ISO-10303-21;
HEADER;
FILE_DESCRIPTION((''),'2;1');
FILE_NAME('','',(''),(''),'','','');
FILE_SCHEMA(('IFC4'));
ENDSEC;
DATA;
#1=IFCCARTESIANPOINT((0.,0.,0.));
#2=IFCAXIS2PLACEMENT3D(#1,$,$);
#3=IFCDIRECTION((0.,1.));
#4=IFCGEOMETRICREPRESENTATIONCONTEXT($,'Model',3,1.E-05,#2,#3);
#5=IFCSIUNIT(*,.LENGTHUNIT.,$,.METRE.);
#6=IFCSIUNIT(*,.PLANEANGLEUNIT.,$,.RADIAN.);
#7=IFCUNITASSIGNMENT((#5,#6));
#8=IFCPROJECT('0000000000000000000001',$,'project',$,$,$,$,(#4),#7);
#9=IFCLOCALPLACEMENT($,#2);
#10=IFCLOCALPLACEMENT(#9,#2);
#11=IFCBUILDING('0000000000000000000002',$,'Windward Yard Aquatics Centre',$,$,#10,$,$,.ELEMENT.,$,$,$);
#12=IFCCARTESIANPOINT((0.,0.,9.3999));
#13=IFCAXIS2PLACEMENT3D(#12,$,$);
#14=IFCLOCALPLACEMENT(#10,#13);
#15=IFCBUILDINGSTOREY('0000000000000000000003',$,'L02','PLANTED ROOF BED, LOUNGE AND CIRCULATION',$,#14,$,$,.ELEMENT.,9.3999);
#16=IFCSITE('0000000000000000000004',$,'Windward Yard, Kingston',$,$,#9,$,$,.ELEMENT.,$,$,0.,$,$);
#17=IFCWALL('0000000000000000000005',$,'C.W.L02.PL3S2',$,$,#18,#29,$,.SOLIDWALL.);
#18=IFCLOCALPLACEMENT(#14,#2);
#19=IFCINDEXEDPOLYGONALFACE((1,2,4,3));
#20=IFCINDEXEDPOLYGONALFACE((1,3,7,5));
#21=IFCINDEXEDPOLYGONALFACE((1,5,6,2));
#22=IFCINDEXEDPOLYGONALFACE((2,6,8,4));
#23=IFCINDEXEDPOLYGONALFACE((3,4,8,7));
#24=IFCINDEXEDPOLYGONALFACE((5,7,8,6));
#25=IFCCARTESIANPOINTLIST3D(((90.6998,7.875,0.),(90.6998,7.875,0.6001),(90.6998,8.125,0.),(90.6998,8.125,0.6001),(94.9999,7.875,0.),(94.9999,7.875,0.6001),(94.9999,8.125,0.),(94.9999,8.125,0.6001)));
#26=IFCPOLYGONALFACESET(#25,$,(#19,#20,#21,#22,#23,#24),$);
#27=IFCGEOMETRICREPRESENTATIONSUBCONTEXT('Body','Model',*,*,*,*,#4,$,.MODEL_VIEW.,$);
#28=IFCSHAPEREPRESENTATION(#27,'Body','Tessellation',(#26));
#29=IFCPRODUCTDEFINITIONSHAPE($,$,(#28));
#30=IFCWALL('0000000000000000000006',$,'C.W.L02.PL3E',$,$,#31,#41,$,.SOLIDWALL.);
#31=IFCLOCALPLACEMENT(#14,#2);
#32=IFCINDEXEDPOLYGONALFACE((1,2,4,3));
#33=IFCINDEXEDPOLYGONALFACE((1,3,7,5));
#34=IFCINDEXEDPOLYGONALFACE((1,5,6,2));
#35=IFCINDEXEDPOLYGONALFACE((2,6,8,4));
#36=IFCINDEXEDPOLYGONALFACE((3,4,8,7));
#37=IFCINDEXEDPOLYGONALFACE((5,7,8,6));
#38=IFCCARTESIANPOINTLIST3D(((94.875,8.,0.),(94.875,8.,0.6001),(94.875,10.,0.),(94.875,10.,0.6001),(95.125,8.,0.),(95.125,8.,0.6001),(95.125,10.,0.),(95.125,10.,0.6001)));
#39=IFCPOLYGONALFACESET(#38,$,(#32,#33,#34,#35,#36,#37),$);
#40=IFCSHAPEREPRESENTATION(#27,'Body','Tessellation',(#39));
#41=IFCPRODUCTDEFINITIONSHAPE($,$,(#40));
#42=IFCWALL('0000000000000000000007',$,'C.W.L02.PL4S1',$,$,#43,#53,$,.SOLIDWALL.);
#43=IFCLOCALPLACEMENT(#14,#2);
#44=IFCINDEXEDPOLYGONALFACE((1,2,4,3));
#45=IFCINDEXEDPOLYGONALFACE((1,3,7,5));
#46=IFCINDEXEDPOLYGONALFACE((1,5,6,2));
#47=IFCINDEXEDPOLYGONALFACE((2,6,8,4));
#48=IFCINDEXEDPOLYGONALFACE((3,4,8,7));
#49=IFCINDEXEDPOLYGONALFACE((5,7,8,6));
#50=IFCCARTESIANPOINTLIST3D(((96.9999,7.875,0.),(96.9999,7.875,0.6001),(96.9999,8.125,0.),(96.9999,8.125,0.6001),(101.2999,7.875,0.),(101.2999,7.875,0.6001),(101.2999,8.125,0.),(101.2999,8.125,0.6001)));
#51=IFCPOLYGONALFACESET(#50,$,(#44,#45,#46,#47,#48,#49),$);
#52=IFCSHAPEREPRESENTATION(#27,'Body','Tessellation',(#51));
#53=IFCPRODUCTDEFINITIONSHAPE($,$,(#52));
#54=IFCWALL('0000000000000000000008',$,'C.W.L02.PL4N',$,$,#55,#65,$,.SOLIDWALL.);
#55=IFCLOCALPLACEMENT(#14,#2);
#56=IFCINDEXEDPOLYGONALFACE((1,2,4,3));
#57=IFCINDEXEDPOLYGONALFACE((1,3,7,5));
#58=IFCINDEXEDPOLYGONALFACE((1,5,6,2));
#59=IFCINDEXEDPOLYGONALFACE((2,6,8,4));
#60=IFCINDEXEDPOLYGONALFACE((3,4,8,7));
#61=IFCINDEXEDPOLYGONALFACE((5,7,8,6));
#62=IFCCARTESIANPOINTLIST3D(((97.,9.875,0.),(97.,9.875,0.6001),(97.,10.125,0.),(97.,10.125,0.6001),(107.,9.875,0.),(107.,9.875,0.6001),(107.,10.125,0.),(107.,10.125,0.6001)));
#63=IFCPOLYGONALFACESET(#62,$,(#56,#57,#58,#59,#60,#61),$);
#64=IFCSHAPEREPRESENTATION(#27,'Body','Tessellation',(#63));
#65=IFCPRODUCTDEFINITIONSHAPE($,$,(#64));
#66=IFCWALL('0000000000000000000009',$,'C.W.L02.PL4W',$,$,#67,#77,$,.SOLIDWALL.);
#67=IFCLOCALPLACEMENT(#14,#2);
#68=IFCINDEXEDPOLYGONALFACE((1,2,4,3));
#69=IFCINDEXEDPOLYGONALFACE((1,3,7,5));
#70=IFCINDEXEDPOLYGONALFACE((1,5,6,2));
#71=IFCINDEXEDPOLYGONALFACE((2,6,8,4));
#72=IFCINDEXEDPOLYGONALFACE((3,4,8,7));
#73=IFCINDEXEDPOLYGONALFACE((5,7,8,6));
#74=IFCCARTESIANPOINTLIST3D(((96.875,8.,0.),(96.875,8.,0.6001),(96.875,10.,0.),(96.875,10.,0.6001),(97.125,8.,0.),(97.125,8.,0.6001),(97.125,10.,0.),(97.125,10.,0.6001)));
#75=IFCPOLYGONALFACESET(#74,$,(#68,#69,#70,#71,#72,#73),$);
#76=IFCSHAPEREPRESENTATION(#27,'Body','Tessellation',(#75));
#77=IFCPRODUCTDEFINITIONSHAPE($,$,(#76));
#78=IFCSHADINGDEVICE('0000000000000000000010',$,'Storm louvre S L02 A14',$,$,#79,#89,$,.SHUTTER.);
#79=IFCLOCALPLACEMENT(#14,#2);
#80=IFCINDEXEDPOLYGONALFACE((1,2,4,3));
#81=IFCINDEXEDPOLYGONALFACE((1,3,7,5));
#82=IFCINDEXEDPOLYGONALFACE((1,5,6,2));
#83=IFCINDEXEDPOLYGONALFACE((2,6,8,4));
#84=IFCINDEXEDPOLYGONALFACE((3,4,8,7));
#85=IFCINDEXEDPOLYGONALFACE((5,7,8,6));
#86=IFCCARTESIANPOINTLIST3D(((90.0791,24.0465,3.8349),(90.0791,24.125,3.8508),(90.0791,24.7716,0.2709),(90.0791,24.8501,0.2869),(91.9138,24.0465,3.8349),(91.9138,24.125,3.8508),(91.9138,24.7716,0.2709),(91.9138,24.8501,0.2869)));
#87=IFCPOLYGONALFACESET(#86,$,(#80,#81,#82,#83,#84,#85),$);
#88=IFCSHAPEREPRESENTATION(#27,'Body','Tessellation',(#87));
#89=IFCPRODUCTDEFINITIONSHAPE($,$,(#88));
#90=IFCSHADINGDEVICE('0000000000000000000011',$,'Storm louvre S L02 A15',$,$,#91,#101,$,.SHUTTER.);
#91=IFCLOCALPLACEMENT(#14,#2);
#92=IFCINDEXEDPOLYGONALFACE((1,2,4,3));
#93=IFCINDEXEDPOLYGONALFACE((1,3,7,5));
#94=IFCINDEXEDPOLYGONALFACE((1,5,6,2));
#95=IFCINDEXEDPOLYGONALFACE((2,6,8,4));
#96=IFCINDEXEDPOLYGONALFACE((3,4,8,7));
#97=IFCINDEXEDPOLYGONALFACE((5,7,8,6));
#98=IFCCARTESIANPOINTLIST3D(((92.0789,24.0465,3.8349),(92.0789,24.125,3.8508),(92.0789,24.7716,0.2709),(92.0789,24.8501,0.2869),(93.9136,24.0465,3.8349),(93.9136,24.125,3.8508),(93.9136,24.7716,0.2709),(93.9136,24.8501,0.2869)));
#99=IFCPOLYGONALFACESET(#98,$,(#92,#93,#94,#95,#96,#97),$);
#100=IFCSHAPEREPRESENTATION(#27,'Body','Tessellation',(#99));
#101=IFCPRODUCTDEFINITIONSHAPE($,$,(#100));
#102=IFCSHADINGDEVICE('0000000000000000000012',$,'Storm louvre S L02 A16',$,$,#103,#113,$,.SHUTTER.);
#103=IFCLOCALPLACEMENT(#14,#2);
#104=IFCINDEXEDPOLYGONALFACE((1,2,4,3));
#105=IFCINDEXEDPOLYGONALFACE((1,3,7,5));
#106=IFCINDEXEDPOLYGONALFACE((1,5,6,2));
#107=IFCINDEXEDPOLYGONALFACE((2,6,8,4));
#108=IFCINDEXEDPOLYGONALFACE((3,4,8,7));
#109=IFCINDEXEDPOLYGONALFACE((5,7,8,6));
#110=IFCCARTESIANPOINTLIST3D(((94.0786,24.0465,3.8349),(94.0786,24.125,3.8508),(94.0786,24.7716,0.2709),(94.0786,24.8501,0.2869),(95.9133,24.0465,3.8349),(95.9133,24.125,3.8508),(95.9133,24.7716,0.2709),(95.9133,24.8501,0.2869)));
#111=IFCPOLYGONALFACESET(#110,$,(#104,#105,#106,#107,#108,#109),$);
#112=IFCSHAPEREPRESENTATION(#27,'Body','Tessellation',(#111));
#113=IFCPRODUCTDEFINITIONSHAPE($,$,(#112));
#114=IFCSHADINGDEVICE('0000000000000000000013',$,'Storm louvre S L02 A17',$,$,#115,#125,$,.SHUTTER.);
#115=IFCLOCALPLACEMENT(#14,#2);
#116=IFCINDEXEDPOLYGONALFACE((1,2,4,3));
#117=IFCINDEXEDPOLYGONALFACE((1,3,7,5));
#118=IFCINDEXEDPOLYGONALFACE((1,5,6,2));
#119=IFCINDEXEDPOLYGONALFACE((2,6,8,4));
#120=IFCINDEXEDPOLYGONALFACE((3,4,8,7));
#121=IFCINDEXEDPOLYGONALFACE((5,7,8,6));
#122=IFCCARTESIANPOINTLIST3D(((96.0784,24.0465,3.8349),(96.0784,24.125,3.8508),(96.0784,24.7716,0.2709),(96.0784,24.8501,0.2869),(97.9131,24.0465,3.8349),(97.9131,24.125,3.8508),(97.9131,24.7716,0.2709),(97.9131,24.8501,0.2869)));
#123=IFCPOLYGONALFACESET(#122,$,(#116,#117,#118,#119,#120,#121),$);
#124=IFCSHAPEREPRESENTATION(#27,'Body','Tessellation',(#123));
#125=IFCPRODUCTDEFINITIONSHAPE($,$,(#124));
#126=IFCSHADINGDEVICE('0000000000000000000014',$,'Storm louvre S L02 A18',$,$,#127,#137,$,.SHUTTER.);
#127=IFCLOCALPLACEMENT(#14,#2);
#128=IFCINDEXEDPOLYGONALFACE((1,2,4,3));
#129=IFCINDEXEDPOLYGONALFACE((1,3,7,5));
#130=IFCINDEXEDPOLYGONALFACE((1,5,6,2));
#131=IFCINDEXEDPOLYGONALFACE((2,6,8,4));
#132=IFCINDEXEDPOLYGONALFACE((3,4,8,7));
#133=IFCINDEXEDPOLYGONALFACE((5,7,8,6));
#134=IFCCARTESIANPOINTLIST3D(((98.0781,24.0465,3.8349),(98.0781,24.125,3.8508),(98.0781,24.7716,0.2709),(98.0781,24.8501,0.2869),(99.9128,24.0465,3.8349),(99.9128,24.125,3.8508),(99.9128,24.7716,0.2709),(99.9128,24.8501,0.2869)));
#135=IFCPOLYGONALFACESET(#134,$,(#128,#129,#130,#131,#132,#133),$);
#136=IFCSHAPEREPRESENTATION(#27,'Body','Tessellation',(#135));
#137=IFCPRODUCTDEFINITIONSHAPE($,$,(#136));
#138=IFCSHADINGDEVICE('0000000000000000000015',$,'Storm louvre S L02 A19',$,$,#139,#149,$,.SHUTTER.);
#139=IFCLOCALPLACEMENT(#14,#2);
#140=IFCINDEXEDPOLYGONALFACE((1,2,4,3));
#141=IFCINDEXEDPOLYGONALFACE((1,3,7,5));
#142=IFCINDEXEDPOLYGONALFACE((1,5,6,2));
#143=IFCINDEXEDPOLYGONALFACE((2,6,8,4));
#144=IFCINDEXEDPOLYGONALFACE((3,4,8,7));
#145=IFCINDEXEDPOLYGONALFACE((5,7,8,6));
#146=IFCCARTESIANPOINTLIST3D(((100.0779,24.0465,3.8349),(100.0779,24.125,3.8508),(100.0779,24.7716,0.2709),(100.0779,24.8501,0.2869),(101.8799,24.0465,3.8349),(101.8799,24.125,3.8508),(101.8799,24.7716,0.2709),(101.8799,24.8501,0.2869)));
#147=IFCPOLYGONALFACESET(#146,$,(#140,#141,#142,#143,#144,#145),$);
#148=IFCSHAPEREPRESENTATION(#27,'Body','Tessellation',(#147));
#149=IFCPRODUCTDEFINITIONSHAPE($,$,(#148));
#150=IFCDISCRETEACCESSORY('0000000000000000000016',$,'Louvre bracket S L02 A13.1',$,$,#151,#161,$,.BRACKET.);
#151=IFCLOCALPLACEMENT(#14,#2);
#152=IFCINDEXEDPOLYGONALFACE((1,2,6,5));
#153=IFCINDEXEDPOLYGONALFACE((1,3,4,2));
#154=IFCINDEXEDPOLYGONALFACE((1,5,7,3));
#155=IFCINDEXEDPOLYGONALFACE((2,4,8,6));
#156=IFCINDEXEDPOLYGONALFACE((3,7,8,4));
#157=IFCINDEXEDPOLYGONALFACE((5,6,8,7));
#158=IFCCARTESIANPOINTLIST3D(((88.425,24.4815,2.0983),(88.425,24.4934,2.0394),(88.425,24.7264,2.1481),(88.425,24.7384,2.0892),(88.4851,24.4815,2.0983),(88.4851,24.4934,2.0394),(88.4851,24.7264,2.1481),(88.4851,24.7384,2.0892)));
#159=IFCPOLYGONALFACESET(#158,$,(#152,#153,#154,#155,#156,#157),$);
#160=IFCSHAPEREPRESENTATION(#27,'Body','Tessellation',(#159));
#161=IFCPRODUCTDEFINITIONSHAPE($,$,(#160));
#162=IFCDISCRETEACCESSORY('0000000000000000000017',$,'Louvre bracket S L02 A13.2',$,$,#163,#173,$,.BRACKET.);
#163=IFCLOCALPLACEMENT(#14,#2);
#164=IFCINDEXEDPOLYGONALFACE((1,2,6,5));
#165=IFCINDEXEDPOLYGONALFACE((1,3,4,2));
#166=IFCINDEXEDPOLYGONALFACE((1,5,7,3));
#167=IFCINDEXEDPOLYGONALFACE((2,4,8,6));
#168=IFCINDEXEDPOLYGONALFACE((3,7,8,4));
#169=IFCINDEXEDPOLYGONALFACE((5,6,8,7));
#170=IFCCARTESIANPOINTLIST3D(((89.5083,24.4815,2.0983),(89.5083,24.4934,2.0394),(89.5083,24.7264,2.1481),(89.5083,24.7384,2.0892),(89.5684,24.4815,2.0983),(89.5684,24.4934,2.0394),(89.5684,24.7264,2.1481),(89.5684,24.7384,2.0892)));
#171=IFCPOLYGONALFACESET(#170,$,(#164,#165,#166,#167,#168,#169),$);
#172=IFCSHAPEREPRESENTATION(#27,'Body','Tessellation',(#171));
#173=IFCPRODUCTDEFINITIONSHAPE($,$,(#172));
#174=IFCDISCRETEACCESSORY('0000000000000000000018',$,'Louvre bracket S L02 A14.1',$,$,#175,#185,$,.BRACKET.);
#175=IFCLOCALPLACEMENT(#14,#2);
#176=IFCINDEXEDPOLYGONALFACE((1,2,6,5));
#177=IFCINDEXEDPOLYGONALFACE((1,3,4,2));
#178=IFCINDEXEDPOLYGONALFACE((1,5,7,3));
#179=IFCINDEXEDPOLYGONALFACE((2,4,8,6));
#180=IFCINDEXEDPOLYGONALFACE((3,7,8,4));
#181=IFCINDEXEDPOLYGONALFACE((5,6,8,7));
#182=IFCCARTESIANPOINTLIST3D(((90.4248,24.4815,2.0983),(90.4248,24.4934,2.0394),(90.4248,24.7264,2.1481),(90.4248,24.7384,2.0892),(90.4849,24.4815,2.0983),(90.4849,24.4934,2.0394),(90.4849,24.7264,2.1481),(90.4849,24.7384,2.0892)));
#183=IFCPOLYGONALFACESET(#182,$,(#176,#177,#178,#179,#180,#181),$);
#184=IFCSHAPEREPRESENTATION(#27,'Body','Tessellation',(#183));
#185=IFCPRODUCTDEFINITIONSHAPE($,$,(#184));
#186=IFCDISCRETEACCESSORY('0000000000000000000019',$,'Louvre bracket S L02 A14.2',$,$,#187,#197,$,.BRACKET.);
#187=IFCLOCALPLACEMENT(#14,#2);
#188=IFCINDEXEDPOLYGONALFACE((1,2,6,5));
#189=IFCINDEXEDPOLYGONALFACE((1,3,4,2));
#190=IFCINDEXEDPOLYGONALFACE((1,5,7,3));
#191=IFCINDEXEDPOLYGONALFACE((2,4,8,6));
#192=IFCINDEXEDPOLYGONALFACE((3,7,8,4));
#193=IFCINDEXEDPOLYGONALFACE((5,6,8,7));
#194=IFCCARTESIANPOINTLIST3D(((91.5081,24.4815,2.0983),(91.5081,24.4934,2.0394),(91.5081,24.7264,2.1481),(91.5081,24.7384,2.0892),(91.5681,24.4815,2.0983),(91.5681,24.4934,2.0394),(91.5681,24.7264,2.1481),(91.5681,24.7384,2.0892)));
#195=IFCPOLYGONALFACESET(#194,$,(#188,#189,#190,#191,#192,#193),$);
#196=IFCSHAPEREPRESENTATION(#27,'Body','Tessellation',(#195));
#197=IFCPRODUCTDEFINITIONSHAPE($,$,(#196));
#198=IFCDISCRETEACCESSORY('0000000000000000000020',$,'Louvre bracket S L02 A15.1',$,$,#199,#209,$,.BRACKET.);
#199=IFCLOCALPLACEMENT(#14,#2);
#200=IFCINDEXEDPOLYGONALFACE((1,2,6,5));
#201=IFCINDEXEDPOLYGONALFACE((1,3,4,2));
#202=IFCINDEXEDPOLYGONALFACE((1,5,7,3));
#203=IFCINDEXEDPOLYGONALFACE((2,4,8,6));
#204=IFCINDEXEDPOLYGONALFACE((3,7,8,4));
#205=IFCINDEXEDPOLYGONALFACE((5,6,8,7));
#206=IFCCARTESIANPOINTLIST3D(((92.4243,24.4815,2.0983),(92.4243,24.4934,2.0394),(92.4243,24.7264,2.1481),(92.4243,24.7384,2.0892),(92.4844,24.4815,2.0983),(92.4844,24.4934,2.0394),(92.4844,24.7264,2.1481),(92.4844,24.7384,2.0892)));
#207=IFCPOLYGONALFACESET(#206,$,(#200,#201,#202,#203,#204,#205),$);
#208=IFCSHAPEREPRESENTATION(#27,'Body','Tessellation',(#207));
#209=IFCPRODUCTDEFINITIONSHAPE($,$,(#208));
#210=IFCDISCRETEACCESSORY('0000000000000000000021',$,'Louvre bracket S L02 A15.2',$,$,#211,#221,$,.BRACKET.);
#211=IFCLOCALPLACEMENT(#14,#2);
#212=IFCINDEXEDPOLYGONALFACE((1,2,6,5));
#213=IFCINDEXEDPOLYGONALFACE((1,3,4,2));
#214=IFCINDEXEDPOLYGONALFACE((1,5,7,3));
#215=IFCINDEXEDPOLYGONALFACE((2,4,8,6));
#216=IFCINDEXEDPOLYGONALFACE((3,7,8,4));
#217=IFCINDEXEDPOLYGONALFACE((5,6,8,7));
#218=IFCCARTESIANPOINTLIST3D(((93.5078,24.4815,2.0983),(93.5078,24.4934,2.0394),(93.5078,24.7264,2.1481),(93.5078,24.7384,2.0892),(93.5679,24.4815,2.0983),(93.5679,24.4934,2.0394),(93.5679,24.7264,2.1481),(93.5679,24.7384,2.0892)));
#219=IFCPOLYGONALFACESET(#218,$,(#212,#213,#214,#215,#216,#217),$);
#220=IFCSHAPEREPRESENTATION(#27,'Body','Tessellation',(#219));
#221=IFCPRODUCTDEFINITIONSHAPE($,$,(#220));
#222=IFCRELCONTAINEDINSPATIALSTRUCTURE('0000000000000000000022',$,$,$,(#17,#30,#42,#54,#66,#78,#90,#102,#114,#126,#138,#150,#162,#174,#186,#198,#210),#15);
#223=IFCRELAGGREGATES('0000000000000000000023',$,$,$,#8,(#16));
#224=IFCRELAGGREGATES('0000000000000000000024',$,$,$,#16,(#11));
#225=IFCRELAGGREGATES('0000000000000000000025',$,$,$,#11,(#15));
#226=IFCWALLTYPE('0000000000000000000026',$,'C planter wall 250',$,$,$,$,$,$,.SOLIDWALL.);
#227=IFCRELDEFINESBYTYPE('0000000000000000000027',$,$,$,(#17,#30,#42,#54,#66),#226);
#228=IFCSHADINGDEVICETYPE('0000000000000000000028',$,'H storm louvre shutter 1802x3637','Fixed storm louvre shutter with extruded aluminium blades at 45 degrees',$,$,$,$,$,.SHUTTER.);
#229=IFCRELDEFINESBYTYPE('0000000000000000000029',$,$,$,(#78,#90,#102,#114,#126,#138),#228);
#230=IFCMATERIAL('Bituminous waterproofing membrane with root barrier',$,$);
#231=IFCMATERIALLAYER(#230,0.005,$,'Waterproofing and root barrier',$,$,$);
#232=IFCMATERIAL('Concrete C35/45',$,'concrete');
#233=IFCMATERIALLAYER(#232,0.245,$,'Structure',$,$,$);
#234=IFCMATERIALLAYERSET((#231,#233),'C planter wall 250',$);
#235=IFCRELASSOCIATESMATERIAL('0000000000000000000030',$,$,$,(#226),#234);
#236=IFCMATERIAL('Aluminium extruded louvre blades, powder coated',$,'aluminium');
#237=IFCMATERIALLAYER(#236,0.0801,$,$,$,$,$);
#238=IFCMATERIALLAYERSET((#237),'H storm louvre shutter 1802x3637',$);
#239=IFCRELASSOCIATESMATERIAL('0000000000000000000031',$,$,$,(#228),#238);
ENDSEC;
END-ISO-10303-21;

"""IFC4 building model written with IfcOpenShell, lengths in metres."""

from ifc_helpers import new_model, si_unit, direction, frame, frame_2d, origin, origin_2d, place, context, subcontext, project, spatial, polyline, rectangle, outline, extrude, material, layer, layer_set, type_object, element, save


model = new_model("IFC4")

# Units and contexts
model_context = context("Model", 3, precision=1e-05, world=origin(), true_north=direction((0.0, 1.0)))
body_context = subcontext(model_context, "Body", "Model", "MODEL_VIEW")
ifc_project = project(units=[si_unit("LENGTHUNIT", "METRE"), si_unit("PLANEANGLEUNIT", "RADIAN")], contexts=[model_context])

# Site, building, storey
site_placement = place(None, origin())
site = spatial("IfcSite", under=ifc_project, at=site_placement, Name="Windward Yard, Kingston", CompositionType="ELEMENT", RefElevation=0.0)
building_placement = place(site_placement, origin())
building = spatial("IfcBuilding", under=site, at=building_placement, Name="Windward Yard Aquatics Centre", CompositionType="ELEMENT")
storey_placement = place(building_placement, frame((0.0, 0.0, 9.3999)))
storey = spatial("IfcBuildingStorey", under=building, at=storey_placement, Name="L02", Description="PLANTED ROOF BED, LOUNGE AND CIRCULATION", CompositionType="ELEMENT", Elevation=9.3999)

# Walls
ifc_material_1 = material(Name="Bituminous waterproofing membrane with root barrier")
ifc_layer_1 = layer(ifc_material_1, 0.005, Name="Waterproofing and root barrier")
ifc_material_2 = material(Name="Concrete C35/45", Category="concrete")
ifc_layer_2 = layer(ifc_material_2, 0.245, Name="Structure")
ifc_layer_set_1 = layer_set([ifc_layer_1, ifc_layer_2], Name="C planter wall 250")
wall_type = type_object("IfcWallType", Name="C planter wall 250", PredefinedType="SOLIDWALL", material=ifc_layer_set_1)
wall_1_placement = place(storey_placement, frame((90.7, 8.0, 0.0), z_axis=(0.0, 0.0, 1.0), x_axis=(1.0, 0.0, 0.0)))
element("IfcWall", 1, at=wall_1_placement, inside=storey, type_object=wall_type, Name="C.W.L02.PL3S2", PredefinedType="SOLIDWALL", context=body_context, shape_type="SweptSolid", body=[
    extrude(rectangle(XDim=4.3, YDim=0.25, at=frame_2d((2.1499, 0.0))), origin(), (0.0, 0.0, 1.0), 0.6001),
])
wall_2_placement = place(storey_placement, frame((95.0, 8.0, 0.0), z_axis=(0.0, 0.0, 1.0), x_axis=(0.0, 1.0, 0.0)))
element("IfcWall", 2, at=wall_2_placement, inside=storey, type_object=wall_type, Name="C.W.L02.PL3E", PredefinedType="SOLIDWALL", context=body_context, shape_type="SweptSolid", body=[
    extrude(rectangle(XDim=2.0, YDim=0.25, at=frame_2d((1.0, 0.0))), origin(), (0.0, 0.0, 1.0), 0.6001),
])
wall_3_placement = place(storey_placement, frame((97.0, 8.0, 0.0), z_axis=(0.0, 0.0, 1.0), x_axis=(1.0, 0.0, 0.0)))
element("IfcWall", 3, at=wall_3_placement, inside=storey, type_object=wall_type, Name="C.W.L02.PL4S1", PredefinedType="SOLIDWALL", context=body_context, shape_type="SweptSolid", body=[
    extrude(rectangle(XDim=4.3, YDim=0.25, at=frame_2d((2.1499, 0.0))), origin(), (0.0, 0.0, 1.0), 0.6001),
])
wall_4_placement = place(storey_placement, frame((97.0, 10.0, 0.0), z_axis=(0.0, 0.0, 1.0), x_axis=(1.0, 0.0, 0.0)))
element("IfcWall", 4, at=wall_4_placement, inside=storey, type_object=wall_type, Name="C.W.L02.PL4N", PredefinedType="SOLIDWALL", context=body_context, shape_type="SweptSolid", body=[
    extrude(rectangle(XDim=10.0, YDim=0.25, at=frame_2d((5.0, 0.0))), origin(), (0.0, 0.0, 1.0), 0.6001),
])
wall_5_placement = place(storey_placement, frame((97.0, 8.0, 0.0), z_axis=(0.0, 0.0, 1.0), x_axis=(0.0, 1.0, 0.0)))
element("IfcWall", 5, at=wall_5_placement, inside=storey, type_object=wall_type, Name="C.W.L02.PL4W", PredefinedType="SOLIDWALL", context=body_context, shape_type="SweptSolid", body=[
    extrude(rectangle(XDim=2.0, YDim=0.25, at=frame_2d((1.0, 0.0))), origin(), (0.0, 0.0, 1.0), 0.6001),
])

# Shading devices
ifc_material_3 = material(Name="Aluminium extruded louvre blades, powder coated", Category="aluminium")
ifc_layer_3 = layer(ifc_material_3, 0.0801)
ifc_layer_set_2 = layer_set([ifc_layer_3], Name="H storm louvre shutter 1802x3637")
shading_device_type = type_object("IfcShadingDeviceType", Name="H storm louvre shutter 1802x3637", Description="Fixed storm louvre shutter with extruded aluminium blades at 45 degrees", PredefinedType="SHUTTER", material=ifc_layer_set_2)
for number, where, z_axis, x_axis, name in (
    (6, (90.0791, 24.125, 3.8508), (0.0, 0.979925, 0.199368), (0.0, 0.199368, -0.979925), "Storm louvre S L02 A14"),
    (7, (92.0789, 24.125, 3.8508), (0.0, 0.979925, 0.199368), (0.0, 0.199368, -0.979925), "Storm louvre S L02 A15"),
    (8, (94.0786, 24.125, 3.8508), (0.0, 0.979925, 0.199368), (0.0, 0.199368, -0.979925), "Storm louvre S L02 A16"),
    (9, (96.0784, 24.125, 3.8508), (0.0, 0.979925, 0.199368), (0.0, 0.199368, -0.979925), "Storm louvre S L02 A17"),
    (10, (98.0781, 24.125, 3.8508), (0.0, 0.979925, 0.199368), (0.0, 0.199368, -0.979925), "Storm louvre S L02 A18"),
):
    element("IfcShadingDevice", number, at=place(storey_placement, frame(where, z_axis=z_axis, x_axis=x_axis)), inside=storey, type_object=shading_device_type, Name=name, PredefinedType="SHUTTER", context=body_context, shape_type="SweptSolid", body=[
        extrude(outline(polyline([(0.0, 0.0), (3.637, 0.0), (3.637, -1.8347), (0.0, -1.8347), (0.0, 0.0)])), origin(), (0.0, 0.0, -1.0), 0.0801),
    ])
shading_device_placement = place(storey_placement, frame((100.0779, 24.125, 3.8508), z_axis=(0.0, 0.979925, 0.199368), x_axis=(0.0, 0.199368, -0.979925)))
element("IfcShadingDevice", 11, at=shading_device_placement, inside=storey, type_object=shading_device_type, Name="Storm louvre S L02 A19", PredefinedType="SHUTTER", context=body_context, shape_type="SweptSolid", body=[
    extrude(outline(polyline([(0.0, 0.0), (3.637, 0.0), (3.637, -1.802), (0.0, -1.802), (0.0, 0.0)])), origin(), (0.0, 0.0, -1.0), 0.0801),
])

# Discrete accessories
for number, where, z_axis, x_axis, name in (
    (12, (88.4551, 24.7324, 2.1187), (0.0, -0.979937, -0.199309), (1.0, 0.0, 0.0), "Louvre bracket S L02 A13.1"),
    (13, (89.5383, 24.7324, 2.1187), (0.0, -0.979937, -0.199309), (1.0, 0.0, 0.0), "Louvre bracket S L02 A13.2"),
    (14, (90.4548, 24.7324, 2.1187), (0.0, -0.979937, -0.199309), (1.0, 0.0, 0.0), "Louvre bracket S L02 A14.1"),
    (15, (91.5381, 24.7324, 2.1187), (0.0, -0.979937, -0.199309), (1.0, 0.0, 0.0), "Louvre bracket S L02 A14.2"),
    (16, (92.4543, 24.7324, 2.1187), (0.0, -0.979937, -0.199309), (1.0, 0.0, 0.0), "Louvre bracket S L02 A15.1"),
    (17, (93.5378, 24.7324, 2.1187), (0.0, -0.979937, -0.199309), (1.0, 0.0, 0.0), "Louvre bracket S L02 A15.2"),
):
    element("IfcDiscreteAccessory", number, at=place(storey_placement, frame(where, z_axis=z_axis, x_axis=x_axis)), inside=storey, Name=name, PredefinedType="BRACKET", context=body_context, shape_type="SweptSolid", body=[
        extrude(rectangle(XDim=0.0601, YDim=0.0601, at=origin_2d()), origin(), (0.0, 0.0, 1.0), 0.25),
    ])

save(model, "model.ifc")
